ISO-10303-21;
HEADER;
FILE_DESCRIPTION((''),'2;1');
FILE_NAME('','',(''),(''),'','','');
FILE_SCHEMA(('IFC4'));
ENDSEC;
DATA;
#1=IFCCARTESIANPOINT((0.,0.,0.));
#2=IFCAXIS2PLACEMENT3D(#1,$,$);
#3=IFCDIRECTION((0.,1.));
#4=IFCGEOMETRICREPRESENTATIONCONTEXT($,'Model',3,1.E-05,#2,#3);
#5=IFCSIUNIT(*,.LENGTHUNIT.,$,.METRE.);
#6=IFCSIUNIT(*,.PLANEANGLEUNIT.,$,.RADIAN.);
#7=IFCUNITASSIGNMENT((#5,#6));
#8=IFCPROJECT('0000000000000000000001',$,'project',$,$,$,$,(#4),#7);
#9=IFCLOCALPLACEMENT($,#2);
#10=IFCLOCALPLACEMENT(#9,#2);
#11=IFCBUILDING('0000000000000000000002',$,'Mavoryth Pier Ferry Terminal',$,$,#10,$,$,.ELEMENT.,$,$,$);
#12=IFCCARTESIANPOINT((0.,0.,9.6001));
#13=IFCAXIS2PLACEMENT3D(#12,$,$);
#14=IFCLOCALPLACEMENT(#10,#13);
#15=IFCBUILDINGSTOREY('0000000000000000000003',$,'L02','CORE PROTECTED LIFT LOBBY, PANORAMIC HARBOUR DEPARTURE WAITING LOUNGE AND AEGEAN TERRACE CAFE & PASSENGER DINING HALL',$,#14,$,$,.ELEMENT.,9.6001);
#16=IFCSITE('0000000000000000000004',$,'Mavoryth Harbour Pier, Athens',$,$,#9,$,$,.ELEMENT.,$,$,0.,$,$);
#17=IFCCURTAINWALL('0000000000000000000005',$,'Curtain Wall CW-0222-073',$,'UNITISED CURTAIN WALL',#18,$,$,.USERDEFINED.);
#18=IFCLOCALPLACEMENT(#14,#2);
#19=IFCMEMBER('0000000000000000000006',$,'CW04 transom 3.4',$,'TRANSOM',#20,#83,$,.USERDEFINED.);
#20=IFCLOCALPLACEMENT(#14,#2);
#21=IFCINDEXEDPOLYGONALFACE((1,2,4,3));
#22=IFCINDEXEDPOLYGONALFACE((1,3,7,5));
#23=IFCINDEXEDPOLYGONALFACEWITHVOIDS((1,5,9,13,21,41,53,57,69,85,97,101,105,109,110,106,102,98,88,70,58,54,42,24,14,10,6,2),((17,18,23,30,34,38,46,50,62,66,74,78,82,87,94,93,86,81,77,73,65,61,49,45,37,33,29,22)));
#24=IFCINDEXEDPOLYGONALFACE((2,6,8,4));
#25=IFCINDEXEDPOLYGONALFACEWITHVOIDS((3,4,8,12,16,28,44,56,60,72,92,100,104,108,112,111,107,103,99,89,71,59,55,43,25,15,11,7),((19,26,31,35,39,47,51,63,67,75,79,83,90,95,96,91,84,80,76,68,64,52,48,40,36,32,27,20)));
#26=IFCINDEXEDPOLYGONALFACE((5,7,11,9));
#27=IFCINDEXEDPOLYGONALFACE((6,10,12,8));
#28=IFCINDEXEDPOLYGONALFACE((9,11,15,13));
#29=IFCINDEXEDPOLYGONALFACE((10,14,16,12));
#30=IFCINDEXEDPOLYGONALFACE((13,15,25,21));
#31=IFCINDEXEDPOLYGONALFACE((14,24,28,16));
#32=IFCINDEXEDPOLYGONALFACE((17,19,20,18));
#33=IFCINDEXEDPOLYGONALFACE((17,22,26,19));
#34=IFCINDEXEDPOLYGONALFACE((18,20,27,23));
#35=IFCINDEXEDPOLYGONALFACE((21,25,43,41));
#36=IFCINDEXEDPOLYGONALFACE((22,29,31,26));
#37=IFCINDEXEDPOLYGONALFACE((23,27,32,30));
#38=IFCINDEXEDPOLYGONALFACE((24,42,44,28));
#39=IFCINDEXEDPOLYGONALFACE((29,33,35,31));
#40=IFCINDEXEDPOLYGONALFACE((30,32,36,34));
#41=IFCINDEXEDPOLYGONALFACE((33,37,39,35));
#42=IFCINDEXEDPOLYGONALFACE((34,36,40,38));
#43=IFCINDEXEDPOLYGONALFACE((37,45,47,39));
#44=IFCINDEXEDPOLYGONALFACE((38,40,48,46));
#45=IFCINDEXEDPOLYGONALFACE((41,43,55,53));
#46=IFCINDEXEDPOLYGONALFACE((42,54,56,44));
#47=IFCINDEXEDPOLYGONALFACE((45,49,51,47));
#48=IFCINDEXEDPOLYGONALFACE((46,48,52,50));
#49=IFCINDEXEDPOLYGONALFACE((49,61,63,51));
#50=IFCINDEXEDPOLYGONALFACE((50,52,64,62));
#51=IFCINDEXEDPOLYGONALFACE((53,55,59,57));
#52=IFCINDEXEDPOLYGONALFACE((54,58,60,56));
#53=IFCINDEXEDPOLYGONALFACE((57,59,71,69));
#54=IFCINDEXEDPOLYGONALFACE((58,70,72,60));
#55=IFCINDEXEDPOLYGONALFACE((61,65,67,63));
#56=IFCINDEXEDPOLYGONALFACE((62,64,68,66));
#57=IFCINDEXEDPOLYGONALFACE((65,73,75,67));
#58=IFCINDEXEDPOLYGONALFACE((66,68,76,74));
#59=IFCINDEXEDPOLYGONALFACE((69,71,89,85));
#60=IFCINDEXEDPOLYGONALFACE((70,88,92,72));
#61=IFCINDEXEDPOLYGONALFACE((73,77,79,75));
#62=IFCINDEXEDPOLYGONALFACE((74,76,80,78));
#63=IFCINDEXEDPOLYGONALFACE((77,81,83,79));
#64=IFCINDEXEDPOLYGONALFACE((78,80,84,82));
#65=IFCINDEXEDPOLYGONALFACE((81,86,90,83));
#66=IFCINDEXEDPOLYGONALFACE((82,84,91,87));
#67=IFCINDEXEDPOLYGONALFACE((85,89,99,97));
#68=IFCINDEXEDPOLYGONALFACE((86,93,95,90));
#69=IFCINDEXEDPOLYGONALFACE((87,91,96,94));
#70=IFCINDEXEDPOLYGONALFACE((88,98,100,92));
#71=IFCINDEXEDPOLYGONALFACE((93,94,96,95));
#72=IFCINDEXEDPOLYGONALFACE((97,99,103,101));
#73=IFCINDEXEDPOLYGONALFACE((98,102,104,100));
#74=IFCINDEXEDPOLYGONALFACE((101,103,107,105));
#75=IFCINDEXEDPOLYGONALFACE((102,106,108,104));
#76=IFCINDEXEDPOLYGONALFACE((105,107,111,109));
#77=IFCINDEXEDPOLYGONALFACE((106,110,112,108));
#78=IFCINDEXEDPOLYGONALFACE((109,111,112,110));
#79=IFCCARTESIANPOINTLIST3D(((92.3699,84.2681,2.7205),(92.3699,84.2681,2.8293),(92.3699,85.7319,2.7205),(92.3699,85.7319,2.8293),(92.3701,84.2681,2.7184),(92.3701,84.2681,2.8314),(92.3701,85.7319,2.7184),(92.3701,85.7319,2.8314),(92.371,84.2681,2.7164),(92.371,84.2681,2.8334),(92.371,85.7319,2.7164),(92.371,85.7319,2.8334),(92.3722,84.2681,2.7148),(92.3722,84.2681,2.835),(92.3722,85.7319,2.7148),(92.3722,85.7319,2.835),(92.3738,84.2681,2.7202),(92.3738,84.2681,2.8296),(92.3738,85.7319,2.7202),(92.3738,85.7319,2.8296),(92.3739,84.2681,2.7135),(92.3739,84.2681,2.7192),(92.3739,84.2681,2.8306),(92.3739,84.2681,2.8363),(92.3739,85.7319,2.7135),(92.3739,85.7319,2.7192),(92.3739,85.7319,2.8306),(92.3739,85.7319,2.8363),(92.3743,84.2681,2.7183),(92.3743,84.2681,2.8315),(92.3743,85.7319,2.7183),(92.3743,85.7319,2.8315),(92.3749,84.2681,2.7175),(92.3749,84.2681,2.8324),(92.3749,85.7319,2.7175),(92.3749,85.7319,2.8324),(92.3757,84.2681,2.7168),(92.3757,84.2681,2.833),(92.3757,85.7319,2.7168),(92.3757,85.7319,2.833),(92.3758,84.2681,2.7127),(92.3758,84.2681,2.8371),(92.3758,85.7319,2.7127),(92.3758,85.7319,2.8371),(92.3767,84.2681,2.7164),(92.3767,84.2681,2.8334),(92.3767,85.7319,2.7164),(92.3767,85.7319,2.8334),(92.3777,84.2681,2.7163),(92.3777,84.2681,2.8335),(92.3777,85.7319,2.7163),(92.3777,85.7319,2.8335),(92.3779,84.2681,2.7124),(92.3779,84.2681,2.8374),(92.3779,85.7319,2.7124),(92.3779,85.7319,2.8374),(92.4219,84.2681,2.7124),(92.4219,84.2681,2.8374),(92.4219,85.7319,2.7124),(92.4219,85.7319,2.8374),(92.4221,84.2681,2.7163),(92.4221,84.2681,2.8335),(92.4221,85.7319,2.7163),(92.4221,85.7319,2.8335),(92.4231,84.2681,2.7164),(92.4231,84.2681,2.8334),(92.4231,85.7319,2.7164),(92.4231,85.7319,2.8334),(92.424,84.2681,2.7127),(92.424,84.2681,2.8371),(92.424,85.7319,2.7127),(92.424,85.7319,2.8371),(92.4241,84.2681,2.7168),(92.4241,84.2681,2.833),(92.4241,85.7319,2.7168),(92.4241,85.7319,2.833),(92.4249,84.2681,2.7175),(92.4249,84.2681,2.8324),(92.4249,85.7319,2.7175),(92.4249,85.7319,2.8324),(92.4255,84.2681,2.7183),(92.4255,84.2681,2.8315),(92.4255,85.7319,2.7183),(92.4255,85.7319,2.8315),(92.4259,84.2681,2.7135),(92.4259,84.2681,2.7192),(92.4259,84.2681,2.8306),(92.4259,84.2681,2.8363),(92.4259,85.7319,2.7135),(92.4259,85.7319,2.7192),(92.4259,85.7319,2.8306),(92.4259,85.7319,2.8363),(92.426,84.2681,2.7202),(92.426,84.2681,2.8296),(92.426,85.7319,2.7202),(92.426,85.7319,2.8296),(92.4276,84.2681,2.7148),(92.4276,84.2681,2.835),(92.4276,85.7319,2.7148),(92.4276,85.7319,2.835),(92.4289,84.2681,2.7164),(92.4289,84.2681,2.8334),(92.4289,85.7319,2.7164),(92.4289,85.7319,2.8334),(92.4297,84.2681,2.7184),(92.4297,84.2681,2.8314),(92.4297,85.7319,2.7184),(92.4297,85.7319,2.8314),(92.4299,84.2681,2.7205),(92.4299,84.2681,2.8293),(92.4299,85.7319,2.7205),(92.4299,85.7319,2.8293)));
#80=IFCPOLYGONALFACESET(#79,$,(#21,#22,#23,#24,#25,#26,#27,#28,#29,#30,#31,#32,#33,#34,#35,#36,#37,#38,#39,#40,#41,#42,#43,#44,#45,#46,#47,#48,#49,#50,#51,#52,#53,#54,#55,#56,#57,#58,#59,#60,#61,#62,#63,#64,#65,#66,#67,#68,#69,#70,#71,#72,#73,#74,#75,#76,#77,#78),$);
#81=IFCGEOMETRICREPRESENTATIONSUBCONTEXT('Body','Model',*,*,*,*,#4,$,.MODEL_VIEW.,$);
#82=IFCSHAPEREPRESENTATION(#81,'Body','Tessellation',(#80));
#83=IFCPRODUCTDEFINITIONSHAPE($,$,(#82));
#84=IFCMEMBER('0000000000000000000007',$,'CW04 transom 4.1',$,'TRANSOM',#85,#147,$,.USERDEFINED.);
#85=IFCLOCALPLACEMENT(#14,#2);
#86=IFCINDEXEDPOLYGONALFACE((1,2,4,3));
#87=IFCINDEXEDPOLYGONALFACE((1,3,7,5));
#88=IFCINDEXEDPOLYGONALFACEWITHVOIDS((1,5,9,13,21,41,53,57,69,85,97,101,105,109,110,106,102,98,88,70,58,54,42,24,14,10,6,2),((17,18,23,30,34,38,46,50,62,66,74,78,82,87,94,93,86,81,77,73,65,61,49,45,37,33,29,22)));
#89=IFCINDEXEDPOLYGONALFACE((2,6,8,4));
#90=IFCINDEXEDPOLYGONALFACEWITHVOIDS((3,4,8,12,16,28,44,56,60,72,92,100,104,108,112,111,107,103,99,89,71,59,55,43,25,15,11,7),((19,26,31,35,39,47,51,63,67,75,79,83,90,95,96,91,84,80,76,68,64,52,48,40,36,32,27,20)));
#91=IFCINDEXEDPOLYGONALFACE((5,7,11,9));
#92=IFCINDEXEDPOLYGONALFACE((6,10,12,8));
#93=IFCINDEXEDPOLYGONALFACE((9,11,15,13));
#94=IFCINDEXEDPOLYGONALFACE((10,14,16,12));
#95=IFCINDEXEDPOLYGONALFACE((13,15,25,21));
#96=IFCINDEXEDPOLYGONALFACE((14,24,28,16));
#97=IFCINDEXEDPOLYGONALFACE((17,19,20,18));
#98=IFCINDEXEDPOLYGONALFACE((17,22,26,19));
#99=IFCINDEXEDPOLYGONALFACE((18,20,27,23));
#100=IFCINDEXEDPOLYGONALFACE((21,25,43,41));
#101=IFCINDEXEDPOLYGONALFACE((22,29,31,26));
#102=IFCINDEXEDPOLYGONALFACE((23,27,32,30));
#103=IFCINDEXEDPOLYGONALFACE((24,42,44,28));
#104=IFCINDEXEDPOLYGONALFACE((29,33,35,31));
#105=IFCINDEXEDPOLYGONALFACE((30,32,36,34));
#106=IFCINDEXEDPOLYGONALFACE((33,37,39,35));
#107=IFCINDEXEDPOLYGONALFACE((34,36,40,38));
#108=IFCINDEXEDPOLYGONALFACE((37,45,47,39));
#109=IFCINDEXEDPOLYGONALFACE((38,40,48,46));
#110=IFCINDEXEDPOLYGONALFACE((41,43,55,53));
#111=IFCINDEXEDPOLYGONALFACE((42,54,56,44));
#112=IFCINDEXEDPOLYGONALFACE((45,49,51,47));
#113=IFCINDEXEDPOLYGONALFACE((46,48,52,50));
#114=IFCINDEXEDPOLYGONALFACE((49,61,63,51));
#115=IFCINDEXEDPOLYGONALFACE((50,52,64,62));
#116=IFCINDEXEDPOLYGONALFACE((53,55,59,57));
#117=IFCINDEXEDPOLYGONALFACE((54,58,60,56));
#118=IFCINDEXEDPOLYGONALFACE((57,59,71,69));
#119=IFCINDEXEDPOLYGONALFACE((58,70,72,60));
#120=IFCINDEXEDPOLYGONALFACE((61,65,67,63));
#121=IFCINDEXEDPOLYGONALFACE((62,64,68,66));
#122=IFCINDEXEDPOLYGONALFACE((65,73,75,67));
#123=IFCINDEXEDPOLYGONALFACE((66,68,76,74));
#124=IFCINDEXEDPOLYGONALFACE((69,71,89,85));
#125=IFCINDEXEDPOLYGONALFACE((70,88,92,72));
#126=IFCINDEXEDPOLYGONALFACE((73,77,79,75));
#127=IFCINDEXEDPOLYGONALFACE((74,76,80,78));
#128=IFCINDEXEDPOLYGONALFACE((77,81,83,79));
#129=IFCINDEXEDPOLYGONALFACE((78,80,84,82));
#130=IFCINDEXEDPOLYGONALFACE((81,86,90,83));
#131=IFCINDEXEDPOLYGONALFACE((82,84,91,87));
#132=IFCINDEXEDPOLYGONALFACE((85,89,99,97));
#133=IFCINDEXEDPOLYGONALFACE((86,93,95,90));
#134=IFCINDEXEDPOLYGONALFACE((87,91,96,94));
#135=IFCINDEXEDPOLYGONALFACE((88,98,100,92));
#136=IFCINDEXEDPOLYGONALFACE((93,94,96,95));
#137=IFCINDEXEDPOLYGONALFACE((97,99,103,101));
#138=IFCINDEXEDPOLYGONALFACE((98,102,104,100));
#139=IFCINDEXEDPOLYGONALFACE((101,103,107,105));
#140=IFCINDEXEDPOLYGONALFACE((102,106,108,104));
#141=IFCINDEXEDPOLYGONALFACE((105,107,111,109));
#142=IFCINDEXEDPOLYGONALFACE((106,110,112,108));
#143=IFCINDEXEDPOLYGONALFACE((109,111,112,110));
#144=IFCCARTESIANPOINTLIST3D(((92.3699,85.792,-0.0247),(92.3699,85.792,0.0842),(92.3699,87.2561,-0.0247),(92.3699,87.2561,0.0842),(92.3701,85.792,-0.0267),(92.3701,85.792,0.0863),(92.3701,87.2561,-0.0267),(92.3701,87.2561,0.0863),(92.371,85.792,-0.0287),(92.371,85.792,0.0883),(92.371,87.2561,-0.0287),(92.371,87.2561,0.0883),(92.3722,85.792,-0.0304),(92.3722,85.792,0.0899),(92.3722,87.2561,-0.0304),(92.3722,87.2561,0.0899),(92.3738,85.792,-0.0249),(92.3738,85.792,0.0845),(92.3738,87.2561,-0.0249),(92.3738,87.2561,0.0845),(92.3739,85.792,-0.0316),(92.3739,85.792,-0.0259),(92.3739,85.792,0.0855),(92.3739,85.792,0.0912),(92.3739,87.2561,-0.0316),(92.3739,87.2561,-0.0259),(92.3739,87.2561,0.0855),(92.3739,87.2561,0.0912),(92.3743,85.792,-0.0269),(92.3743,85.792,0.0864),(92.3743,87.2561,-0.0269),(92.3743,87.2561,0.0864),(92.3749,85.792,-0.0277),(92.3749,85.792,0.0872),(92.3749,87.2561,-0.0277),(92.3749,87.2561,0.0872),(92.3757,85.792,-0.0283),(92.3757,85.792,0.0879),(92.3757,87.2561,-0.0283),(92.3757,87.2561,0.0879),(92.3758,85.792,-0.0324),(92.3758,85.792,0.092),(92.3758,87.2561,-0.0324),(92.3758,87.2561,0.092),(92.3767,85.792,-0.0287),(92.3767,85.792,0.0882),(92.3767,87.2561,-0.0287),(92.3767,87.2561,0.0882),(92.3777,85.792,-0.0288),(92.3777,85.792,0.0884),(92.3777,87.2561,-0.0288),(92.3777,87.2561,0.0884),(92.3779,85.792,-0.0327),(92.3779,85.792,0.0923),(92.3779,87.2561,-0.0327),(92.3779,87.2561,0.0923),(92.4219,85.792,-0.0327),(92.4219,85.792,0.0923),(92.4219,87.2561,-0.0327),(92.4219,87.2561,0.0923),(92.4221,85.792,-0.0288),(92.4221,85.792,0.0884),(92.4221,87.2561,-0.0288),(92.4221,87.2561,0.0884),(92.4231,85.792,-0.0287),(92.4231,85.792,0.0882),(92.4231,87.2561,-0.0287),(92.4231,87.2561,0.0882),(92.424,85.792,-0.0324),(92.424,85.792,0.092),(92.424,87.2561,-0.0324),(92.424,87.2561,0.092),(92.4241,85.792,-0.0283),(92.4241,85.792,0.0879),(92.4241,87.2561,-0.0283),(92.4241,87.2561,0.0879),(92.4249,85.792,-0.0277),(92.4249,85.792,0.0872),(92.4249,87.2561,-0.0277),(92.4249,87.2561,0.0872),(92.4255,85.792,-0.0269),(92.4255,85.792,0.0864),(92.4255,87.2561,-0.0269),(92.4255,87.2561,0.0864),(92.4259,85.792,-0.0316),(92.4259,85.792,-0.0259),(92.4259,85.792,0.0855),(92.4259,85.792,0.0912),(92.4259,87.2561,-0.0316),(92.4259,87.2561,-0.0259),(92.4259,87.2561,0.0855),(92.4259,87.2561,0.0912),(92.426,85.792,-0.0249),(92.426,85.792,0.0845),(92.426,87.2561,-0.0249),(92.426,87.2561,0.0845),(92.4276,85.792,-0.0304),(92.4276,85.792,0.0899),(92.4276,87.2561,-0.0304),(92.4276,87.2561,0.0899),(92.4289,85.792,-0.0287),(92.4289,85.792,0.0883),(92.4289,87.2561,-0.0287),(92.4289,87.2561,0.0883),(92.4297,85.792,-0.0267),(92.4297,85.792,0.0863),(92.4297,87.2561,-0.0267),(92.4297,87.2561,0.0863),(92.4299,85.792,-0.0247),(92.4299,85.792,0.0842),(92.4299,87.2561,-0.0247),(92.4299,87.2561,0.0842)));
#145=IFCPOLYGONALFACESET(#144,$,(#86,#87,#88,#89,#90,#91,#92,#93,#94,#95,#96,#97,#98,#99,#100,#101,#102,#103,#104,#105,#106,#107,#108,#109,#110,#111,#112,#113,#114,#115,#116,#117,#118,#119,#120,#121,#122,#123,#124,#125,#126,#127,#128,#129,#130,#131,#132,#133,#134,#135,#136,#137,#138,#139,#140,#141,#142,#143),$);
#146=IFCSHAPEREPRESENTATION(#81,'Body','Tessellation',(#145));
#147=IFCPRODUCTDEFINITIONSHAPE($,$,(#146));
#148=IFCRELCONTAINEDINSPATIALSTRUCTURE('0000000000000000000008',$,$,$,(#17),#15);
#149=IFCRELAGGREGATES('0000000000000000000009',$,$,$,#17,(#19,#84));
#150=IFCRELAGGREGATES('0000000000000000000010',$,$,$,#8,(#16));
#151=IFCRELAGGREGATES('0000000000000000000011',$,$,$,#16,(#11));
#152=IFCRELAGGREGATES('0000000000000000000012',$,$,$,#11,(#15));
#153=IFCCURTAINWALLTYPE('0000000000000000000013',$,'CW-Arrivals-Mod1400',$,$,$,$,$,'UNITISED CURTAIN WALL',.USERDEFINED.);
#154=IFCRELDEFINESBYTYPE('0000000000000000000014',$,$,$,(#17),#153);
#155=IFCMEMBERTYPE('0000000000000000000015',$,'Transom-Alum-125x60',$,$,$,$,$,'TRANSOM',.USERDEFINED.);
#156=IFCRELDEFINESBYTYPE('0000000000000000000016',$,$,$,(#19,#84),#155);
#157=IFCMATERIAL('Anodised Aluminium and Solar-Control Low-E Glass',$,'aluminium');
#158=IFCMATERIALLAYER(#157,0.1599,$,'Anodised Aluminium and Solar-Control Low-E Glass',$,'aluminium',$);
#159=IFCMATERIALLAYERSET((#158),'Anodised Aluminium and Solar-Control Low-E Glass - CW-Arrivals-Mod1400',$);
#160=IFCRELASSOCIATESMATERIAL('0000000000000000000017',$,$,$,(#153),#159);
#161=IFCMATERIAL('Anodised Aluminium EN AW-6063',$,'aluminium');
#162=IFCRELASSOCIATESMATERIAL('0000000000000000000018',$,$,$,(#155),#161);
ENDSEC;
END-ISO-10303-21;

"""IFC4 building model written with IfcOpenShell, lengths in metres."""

from ifc_helpers import new_model, si_unit, direction, frame, origin, origin_2d, place, context, subcontext, project, spatial, hollow_rectangle, extrude, material, layer, layer_set, material_profile, profile_set, type_object, element, aggregate, save


model = new_model("IFC4")

# Units and contexts
model_context = context("Model", 3, precision=1e-05, world=origin(), true_north=direction((0.0, 1.0)))
body_context = subcontext(model_context, "Body", "Model", "MODEL_VIEW")
ifc_project = project(units=[si_unit("LENGTHUNIT", "METRE"), si_unit("PLANEANGLEUNIT", "RADIAN")], contexts=[model_context])

# Site, building, storey
site_placement = place(None, origin())
site = spatial("IfcSite", under=ifc_project, at=site_placement, Name="Mavoryth Harbour Pier, Athens", CompositionType="ELEMENT", RefElevation=0.0)
building_placement = place(site_placement, origin())
building = spatial("IfcBuilding", under=site, at=building_placement, Name="Mavoryth Pier Ferry Terminal", CompositionType="ELEMENT")
storey_placement = place(building_placement, frame((0.0, 0.0, 9.6001)))
storey = spatial("IfcBuildingStorey", under=building, at=storey_placement, Name="L02", Description="CORE PROTECTED LIFT LOBBY, PANORAMIC HARBOUR DEPARTURE WAITING LOUNGE AND AEGEAN TERRACE CAFE & PASSENGER DINING HALL", CompositionType="ELEMENT", Elevation=9.6001)

# Curtain wall, members
ifc_material_1 = material(Name="Anodised Aluminium and Solar-Control Low-E Glass", Category="aluminium")
ifc_layer_1 = layer(ifc_material_1, 0.1599, Name="Anodised Aluminium and Solar-Control Low-E Glass", Category="aluminium")
ifc_layer_set_1 = layer_set([ifc_layer_1], Name="Anodised Aluminium and Solar-Control Low-E Glass - CW-Arrivals-Mod1400")
curtain_wall_type = type_object("IfcCurtainWallType", Name="CW-Arrivals-Mod1400", ElementType="UNITISED CURTAIN WALL", PredefinedType="USERDEFINED", material=ifc_layer_set_1)
curtain_wall_placement = place(storey_placement, origin())
curtain_wall = element("IfcCurtainWall", 1, at=curtain_wall_placement, inside=storey, type_object=curtain_wall_type, Name="Curtain Wall CW-0222-073", ObjectType="UNITISED CURTAIN WALL", PredefinedType="USERDEFINED")
ifc_material_2 = material(Name="Anodised Aluminium EN AW-6063", Category="aluminium")
ifc_material_profile_1 = material_profile(ifc_material_2, hollow_rectangle(XDim=0.0601, YDim=0.125, WallThickness=0.0039, InnerFilletRadius=0.0039, OuterFilletRadius=0.0081, at=origin_2d()), Name="AL-TRAN 125x60x4", Category="aluminium")
ifc_profile_set_1 = profile_set([ifc_material_profile_1], Name="Anodised Aluminium EN AW-6063 - AL-TRAN 125x60x4")
member_type_1 = type_object("IfcMemberType", Name="Transom-Alum-125x60", ElementType="TRANSOM", PredefinedType="USERDEFINED", material=ifc_profile_set_1)
member_1_placement = place(storey_placement, frame((92.3999, 84.2681, 2.7749), z_axis=(0.0, 1.0, 0.0), x_axis=(-1.0, 0.0, 0.0)))
member_1 = element("IfcMember", 2, at=member_1_placement, type_object=member_type_1, Name="CW04 transom 3.4", ObjectType="TRANSOM", PredefinedType="USERDEFINED", context=body_context, shape_type="SweptSolid", body=[
    extrude(hollow_rectangle(XDim=0.0601, YDim=0.125, WallThickness=0.0039, InnerFilletRadius=0.0039, OuterFilletRadius=0.0081, at=origin_2d()), origin(), (0.0, 0.0, 1.0), 1.4639),
])
member_2_placement = place(storey_placement, frame((92.3999, 85.792, 0.0298), z_axis=(0.0, 1.0, 0.0), x_axis=(-1.0, 0.0, 0.0)))
member_2 = element("IfcMember", 3, at=member_2_placement, type_object=member_type_1, Name="CW04 transom 4.1", ObjectType="TRANSOM", PredefinedType="USERDEFINED", context=body_context, shape_type="SweptSolid", body=[
    extrude(hollow_rectangle(XDim=0.0601, YDim=0.125, WallThickness=0.0039, InnerFilletRadius=0.0039, OuterFilletRadius=0.0081, at=origin_2d()), origin(), (0.0, 0.0, 1.0), 1.4641),
])
aggregate(curtain_wall, [member_1, member_2])

save(model, "model.ifc")
